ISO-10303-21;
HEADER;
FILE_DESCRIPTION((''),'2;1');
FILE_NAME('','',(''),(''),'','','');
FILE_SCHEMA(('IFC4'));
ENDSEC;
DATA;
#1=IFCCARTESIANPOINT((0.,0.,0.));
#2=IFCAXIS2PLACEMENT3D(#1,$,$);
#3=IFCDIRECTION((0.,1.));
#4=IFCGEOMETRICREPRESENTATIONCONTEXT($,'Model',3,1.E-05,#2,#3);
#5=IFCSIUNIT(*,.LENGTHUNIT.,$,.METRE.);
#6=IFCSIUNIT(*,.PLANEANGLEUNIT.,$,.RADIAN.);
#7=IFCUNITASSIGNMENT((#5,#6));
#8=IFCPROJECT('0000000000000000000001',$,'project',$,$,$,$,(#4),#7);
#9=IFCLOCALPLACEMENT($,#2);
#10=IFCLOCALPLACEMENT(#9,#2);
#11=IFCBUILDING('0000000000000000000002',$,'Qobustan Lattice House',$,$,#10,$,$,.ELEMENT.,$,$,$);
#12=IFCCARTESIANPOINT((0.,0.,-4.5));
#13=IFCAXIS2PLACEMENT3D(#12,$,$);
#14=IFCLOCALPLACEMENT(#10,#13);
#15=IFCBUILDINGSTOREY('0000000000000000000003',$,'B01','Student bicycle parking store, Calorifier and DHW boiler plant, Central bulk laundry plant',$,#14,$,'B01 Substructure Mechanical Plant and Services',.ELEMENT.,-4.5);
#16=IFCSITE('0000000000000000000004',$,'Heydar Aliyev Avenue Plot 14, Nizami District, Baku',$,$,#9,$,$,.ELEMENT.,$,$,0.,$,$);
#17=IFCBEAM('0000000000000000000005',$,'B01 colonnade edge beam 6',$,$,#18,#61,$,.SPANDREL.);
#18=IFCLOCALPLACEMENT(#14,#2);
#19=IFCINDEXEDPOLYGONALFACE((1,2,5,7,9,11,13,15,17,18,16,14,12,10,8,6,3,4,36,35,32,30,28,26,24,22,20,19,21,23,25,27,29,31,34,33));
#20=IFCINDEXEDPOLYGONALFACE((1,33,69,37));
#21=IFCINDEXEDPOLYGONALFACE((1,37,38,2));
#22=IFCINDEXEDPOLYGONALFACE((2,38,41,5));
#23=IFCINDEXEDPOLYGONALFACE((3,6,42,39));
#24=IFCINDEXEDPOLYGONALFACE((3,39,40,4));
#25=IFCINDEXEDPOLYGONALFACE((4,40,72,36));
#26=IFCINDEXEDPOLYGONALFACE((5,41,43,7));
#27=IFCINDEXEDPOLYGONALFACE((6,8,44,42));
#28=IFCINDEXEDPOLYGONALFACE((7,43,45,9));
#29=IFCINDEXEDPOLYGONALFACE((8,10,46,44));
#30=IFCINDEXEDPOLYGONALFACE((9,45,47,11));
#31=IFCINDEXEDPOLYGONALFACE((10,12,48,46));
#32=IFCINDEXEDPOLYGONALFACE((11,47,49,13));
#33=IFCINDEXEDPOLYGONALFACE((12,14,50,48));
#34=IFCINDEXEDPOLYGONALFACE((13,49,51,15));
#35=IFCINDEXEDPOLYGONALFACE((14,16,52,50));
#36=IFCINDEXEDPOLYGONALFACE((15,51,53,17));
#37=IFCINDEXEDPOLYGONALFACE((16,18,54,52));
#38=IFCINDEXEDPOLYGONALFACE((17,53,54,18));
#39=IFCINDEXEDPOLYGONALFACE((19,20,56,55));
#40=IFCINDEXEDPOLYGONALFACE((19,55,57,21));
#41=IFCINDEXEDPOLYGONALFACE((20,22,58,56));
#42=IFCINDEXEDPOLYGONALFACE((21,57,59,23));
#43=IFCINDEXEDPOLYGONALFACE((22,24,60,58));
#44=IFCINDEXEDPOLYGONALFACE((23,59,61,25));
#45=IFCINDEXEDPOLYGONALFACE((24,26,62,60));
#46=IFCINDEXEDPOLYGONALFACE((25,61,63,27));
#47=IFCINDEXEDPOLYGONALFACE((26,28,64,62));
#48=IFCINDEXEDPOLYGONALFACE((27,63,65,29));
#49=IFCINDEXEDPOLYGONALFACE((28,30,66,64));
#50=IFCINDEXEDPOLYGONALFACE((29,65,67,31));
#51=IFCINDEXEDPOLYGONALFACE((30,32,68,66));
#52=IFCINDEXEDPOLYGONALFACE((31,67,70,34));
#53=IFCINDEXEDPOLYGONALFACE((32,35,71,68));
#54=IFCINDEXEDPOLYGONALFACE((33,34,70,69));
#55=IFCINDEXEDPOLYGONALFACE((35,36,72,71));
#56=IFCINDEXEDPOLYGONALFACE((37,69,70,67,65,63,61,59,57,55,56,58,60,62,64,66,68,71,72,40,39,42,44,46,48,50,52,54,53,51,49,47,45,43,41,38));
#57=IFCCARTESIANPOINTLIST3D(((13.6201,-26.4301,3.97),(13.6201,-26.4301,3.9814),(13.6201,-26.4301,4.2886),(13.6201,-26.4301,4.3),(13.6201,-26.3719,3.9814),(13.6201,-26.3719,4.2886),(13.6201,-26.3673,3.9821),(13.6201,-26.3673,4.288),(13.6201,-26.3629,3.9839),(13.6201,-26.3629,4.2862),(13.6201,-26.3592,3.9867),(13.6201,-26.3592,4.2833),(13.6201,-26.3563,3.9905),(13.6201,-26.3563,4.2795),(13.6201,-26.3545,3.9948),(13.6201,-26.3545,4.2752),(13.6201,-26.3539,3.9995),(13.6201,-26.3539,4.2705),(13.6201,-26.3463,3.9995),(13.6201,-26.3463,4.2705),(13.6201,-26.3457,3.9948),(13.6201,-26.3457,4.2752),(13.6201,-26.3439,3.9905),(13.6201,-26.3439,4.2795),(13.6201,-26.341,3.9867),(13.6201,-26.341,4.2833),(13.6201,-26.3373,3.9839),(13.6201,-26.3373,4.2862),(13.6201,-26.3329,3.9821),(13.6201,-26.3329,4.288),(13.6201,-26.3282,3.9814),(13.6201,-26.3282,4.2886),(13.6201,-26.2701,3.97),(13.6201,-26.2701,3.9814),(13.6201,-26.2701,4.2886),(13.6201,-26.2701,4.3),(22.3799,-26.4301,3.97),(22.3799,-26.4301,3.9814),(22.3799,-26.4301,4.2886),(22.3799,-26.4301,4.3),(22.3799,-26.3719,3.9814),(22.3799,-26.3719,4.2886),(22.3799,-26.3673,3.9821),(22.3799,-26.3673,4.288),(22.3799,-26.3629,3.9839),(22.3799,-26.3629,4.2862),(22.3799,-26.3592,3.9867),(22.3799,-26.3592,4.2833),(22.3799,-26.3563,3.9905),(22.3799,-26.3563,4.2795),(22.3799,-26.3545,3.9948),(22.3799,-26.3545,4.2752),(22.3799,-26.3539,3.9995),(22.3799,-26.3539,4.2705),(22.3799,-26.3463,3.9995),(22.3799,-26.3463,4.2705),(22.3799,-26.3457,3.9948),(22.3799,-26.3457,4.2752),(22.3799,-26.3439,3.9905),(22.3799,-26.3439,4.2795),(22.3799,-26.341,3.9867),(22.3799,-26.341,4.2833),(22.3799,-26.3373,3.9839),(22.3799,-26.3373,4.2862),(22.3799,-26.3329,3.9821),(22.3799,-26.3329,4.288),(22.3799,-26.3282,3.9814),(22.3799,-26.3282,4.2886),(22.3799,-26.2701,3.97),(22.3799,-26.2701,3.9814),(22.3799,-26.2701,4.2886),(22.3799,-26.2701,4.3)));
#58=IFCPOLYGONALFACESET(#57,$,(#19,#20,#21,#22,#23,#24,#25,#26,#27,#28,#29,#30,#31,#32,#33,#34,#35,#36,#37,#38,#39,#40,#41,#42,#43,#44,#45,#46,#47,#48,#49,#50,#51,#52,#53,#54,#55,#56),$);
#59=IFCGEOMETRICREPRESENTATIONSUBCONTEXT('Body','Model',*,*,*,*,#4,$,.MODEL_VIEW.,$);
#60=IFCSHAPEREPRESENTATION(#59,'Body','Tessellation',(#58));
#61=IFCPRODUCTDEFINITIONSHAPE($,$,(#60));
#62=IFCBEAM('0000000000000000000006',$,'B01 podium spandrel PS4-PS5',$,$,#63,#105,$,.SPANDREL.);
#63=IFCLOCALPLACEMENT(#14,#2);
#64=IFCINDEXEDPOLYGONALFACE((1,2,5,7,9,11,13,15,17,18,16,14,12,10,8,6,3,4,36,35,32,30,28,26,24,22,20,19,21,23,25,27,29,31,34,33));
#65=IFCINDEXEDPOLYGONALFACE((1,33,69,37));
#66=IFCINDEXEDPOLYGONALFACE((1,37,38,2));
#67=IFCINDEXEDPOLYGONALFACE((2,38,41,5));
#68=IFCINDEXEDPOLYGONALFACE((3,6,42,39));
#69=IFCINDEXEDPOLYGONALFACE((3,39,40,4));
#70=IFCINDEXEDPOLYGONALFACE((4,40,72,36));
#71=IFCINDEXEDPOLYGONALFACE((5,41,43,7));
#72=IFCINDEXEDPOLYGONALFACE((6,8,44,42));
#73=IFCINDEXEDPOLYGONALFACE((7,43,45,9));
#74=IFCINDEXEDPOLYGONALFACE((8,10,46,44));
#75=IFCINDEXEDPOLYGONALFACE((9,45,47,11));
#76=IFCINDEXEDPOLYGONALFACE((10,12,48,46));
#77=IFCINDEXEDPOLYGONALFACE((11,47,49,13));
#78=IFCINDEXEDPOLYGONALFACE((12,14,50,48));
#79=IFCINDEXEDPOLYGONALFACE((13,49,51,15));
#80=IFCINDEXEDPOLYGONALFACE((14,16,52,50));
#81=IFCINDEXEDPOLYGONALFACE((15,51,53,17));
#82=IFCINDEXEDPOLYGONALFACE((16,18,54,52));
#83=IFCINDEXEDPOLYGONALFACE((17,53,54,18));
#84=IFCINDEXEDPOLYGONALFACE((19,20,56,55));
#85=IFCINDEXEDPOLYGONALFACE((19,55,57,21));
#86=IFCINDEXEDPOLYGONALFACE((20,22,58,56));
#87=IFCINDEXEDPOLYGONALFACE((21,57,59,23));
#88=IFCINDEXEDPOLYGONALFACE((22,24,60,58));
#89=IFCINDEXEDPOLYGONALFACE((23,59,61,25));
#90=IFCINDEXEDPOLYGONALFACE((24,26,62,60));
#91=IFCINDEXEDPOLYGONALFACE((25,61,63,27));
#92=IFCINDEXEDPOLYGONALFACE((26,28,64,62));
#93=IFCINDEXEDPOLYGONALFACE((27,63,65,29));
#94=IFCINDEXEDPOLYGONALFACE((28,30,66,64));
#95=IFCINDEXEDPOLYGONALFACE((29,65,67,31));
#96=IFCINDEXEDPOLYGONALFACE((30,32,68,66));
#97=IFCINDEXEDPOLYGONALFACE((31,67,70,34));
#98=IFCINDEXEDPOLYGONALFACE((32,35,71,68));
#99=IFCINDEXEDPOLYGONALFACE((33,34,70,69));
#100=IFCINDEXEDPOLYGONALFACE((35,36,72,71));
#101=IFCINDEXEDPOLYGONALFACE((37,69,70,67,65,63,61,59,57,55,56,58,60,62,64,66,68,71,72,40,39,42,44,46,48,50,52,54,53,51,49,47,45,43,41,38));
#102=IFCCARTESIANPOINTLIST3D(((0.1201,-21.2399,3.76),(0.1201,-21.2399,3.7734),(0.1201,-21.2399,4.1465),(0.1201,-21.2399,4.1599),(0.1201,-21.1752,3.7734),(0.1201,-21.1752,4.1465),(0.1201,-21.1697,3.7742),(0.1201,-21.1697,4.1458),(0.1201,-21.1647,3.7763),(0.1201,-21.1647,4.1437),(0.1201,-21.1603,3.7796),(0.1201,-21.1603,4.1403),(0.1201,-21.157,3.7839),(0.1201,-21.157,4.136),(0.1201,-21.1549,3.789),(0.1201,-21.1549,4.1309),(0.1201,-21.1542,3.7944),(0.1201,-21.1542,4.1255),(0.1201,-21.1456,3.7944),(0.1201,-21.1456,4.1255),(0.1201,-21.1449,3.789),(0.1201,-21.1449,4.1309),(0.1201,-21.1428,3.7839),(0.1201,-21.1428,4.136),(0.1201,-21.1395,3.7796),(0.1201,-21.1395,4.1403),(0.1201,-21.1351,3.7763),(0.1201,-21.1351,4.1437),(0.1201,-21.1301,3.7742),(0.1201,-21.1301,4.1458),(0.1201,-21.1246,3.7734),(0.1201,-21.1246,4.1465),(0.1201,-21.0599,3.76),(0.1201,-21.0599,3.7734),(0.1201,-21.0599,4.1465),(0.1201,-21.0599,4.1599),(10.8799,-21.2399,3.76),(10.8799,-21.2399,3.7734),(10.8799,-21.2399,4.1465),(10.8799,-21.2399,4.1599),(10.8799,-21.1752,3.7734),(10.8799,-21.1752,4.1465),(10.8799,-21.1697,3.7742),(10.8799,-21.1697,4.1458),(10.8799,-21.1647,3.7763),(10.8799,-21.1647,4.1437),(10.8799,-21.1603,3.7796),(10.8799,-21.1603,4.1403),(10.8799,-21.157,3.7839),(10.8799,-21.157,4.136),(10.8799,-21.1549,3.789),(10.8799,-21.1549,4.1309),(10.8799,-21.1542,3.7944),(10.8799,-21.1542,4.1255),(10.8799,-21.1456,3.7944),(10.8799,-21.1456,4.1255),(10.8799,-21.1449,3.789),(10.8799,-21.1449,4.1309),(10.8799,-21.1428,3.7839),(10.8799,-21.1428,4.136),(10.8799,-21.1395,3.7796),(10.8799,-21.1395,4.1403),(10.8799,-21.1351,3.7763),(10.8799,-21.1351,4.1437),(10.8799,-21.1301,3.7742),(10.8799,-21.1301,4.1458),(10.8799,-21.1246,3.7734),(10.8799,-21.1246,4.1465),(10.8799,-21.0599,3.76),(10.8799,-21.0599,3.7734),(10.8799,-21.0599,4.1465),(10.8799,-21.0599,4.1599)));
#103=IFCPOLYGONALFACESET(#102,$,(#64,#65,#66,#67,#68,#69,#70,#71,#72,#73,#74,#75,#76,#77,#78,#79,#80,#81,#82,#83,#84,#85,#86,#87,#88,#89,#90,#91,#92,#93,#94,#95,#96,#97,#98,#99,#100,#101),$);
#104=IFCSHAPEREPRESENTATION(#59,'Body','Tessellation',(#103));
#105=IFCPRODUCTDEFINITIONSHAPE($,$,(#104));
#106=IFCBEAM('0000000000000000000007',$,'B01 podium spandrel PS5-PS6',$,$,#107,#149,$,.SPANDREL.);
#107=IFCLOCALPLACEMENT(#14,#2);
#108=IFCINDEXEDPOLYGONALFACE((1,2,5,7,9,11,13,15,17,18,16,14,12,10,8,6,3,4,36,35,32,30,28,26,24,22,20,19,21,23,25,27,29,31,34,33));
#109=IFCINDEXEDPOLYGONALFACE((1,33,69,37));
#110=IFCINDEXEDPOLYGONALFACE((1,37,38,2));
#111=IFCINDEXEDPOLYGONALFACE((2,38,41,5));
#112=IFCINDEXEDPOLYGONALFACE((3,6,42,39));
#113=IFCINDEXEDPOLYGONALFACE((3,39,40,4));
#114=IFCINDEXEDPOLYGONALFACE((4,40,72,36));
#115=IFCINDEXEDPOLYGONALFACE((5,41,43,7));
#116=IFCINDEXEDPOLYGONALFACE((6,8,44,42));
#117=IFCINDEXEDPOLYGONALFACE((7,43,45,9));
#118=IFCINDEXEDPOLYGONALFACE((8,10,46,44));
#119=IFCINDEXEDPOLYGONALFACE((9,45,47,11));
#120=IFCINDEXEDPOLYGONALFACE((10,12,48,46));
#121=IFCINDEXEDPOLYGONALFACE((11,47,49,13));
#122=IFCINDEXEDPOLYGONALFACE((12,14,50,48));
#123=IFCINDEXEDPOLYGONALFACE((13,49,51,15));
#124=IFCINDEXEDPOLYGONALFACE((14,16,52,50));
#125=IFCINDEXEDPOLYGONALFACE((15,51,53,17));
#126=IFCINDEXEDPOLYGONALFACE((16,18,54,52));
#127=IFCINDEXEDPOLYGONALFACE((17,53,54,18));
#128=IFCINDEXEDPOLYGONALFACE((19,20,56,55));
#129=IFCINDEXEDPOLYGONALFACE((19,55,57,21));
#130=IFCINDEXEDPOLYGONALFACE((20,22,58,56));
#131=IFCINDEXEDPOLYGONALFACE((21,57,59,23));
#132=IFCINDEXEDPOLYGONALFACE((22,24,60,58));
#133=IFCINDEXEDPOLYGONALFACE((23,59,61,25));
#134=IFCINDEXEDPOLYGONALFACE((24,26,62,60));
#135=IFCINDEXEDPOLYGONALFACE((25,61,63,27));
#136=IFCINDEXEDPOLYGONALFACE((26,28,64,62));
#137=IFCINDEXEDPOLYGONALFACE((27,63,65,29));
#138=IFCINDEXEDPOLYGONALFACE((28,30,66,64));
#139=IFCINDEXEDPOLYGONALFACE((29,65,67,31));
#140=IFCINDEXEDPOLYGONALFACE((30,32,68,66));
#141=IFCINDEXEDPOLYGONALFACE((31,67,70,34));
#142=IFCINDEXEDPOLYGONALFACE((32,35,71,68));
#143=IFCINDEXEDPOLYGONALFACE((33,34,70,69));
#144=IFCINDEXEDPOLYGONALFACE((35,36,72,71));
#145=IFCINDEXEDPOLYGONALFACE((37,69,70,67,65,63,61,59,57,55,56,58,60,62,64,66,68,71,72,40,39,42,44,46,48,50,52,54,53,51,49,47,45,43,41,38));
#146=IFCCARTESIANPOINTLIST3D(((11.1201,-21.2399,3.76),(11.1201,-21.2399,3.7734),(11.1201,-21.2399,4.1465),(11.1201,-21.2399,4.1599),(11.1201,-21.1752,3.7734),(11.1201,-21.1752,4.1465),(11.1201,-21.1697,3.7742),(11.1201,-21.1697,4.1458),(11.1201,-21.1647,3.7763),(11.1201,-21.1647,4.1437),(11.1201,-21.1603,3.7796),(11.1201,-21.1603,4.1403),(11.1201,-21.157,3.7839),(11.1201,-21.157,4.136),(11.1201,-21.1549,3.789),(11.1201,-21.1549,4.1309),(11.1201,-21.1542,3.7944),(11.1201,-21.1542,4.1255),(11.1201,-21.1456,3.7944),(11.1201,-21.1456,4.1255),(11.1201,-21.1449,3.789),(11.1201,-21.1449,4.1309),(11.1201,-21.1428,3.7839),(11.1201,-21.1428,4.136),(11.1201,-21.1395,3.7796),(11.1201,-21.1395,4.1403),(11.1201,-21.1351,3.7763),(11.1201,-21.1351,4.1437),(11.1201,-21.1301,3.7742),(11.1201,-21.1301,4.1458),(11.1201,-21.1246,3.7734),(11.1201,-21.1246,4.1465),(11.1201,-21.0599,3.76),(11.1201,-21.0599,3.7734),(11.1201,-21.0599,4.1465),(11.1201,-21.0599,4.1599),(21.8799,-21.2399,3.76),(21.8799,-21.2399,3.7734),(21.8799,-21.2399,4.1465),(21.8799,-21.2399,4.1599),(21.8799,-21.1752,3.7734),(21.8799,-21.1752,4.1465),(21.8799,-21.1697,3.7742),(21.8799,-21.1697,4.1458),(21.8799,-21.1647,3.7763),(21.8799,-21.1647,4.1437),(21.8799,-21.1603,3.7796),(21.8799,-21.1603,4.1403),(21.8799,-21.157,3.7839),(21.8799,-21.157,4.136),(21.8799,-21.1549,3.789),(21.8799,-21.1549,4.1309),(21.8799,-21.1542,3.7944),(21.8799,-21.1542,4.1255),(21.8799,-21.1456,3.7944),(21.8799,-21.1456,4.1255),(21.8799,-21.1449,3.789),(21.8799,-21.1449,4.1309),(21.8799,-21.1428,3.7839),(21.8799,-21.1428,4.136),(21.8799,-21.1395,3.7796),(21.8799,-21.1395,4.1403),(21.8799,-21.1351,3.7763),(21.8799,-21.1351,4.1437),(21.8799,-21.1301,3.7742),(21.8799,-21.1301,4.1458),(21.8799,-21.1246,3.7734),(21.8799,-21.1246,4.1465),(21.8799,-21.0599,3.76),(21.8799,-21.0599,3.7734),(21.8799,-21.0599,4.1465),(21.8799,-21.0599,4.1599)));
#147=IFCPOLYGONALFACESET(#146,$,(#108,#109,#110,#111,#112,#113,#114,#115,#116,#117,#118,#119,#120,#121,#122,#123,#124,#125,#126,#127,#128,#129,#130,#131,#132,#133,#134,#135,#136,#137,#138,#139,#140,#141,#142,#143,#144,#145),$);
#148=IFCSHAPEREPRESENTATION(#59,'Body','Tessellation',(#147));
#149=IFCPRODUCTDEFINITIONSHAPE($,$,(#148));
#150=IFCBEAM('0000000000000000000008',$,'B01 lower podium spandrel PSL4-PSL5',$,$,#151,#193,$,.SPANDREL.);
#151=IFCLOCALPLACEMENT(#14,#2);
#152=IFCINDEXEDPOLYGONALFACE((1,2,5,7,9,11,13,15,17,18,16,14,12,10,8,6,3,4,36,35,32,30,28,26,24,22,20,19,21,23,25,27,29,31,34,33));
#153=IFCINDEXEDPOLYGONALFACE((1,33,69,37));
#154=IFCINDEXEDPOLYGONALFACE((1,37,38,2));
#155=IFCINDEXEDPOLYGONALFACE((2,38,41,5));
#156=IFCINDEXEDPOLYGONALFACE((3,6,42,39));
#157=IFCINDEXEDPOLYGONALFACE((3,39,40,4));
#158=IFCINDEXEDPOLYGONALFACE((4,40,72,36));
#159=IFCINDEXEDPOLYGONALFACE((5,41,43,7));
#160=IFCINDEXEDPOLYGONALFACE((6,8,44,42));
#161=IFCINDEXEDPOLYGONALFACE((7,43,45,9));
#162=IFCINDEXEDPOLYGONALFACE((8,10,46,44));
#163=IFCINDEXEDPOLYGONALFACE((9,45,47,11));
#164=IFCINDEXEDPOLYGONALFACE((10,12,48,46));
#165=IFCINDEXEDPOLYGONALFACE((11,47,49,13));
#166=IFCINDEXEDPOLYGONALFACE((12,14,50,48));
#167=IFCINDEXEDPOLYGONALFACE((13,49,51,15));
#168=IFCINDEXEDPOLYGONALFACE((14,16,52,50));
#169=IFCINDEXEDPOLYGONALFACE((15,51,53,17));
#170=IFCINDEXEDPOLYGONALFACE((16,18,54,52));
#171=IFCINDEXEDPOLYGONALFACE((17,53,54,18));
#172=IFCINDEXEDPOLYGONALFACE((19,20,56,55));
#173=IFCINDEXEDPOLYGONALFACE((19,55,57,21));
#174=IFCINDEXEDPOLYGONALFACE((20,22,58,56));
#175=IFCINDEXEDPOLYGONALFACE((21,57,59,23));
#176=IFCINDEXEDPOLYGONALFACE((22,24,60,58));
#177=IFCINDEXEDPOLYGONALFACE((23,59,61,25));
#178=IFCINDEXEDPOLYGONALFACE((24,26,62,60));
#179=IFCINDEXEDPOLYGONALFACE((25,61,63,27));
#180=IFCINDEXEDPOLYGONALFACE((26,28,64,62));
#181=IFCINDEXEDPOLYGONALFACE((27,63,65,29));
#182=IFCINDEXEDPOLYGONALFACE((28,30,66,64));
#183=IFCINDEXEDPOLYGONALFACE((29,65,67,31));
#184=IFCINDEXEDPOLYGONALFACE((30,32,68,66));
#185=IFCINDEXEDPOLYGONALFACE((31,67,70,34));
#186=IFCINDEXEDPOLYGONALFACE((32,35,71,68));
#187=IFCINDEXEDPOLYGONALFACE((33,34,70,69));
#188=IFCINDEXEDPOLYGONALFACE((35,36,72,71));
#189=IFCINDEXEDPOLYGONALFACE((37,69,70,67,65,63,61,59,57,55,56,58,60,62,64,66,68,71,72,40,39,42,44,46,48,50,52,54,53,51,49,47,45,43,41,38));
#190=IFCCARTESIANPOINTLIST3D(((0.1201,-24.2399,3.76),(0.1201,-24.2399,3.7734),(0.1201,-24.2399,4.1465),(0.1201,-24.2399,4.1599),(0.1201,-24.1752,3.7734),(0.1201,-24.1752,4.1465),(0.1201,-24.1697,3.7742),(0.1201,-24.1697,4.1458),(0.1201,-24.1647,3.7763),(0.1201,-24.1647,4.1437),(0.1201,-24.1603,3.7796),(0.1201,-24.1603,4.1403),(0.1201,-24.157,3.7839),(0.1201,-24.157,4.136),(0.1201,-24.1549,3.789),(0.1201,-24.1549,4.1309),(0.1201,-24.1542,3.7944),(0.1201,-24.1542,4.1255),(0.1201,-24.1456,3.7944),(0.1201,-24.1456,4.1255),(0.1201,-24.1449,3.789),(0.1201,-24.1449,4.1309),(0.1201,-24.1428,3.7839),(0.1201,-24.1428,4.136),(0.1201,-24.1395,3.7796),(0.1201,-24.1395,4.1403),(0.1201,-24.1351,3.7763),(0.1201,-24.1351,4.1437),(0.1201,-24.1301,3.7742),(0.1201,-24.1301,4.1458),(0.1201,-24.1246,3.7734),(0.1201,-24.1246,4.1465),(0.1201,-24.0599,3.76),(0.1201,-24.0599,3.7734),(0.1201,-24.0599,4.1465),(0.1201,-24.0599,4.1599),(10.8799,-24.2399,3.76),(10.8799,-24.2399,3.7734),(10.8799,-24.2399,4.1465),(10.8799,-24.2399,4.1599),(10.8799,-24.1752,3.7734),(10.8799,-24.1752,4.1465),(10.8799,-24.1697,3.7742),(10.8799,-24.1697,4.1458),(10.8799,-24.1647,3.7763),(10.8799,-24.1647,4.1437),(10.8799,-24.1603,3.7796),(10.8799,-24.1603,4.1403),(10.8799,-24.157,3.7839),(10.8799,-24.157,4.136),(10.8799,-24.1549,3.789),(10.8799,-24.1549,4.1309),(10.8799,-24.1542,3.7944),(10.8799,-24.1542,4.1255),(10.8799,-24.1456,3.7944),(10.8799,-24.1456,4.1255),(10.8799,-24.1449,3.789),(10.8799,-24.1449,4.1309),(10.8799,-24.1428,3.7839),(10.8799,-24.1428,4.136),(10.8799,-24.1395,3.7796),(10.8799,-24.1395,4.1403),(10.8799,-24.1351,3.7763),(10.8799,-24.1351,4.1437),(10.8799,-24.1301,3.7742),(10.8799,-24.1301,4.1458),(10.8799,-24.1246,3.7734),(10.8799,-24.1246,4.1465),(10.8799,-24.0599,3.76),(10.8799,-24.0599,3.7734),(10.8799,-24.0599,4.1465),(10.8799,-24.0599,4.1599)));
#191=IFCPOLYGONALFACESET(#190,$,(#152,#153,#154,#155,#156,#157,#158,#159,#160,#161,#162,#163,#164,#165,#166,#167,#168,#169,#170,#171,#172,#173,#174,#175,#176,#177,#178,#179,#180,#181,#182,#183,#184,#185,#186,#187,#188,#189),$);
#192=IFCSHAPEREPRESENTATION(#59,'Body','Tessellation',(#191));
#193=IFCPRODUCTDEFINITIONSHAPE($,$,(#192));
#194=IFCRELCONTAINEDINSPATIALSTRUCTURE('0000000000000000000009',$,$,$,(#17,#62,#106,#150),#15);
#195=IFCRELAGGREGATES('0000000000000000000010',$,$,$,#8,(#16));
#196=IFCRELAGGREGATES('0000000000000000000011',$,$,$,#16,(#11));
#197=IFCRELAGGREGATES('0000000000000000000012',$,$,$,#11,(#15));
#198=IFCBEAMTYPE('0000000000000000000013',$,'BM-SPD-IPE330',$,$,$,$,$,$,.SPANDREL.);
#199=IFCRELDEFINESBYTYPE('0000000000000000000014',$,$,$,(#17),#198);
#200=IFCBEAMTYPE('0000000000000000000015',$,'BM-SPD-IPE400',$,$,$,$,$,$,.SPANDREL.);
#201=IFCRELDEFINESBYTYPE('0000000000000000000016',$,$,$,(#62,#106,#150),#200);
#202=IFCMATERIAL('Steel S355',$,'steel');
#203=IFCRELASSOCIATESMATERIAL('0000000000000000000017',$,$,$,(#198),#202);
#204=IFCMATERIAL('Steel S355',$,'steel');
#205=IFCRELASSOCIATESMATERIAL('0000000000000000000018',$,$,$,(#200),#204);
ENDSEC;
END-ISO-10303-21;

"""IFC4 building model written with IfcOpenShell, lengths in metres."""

from ifc_helpers import new_model, si_unit, direction, frame, origin, origin_2d, place, context, subcontext, project, spatial, i_section, extrude, material, material_profile, profile_set, type_object, element, save


model = new_model("IFC4")

# Units and contexts
model_context = context("Model", 3, precision=1e-05, world=origin(), true_north=direction((0.0, 1.0)))
body_context = subcontext(model_context, "Body", "Model", "MODEL_VIEW")
ifc_project = project(units=[si_unit("LENGTHUNIT", "METRE"), si_unit("PLANEANGLEUNIT", "RADIAN")], contexts=[model_context])

# Site, building, storey
site_placement = place(None, origin())
site = spatial("IfcSite", under=ifc_project, at=site_placement, Name="Heydar Aliyev Avenue Plot 14, Nizami District, Baku", CompositionType="ELEMENT", RefElevation=0.0)
building_placement = place(site_placement, origin())
building = spatial("IfcBuilding", under=site, at=building_placement, Name="Qobustan Lattice House", CompositionType="ELEMENT")
storey_placement = place(building_placement, frame((0.0, 0.0, -4.5)))
storey = spatial("IfcBuildingStorey", under=building, at=storey_placement, Name="B01", Description="Student bicycle parking store, Calorifier and DHW boiler plant, Central bulk laundry plant", LongName="B01 Substructure Mechanical Plant and Services", CompositionType="ELEMENT", Elevation=-4.5)

# Beams
ifc_material_1 = material(Name="Steel S355", Category="steel")
ifc_material_profile_1 = material_profile(ifc_material_1, i_section(OverallWidth=0.1599, OverallDepth=0.3301, WebThickness=0.0076, FlangeThickness=0.0115, FilletRadius=0.0181, at=origin_2d()), Name="IPE330")
ifc_profile_set_1 = profile_set([ifc_material_profile_1], Name="Steel S355")
beam_type_1 = type_object("IfcBeamType", Name="BM-SPD-IPE330", PredefinedType="SPANDREL", material=ifc_profile_set_1)
for number, where, z_axis, x_axis, name in (
    (1, (13.6201, -26.3501, 4.135), (1.0, 0.0, 0.0), (0.0, 1.0, 0.0), "B01 colonnade edge beam 6"),
):
    element("IfcBeam", number, at=place(storey_placement, frame(where, z_axis=z_axis, x_axis=x_axis)), inside=storey, type_object=beam_type_1, Name=name, PredefinedType="SPANDREL", context=body_context, shape_type="SweptSolid", body=[
        extrude(i_section(OverallWidth=0.1599, OverallDepth=0.3301, WebThickness=0.0076, FlangeThickness=0.0115, FilletRadius=0.0181, at=origin_2d()), origin(), (0.0, 0.0, 1.0), 8.7598),
    ])
ifc_material_2 = material(Name="Steel S355", Category="steel")
ifc_material_profile_2 = material_profile(ifc_material_2, i_section(OverallWidth=0.1799, OverallDepth=0.3999, WebThickness=0.0085, FlangeThickness=0.0134, FilletRadius=0.021, at=origin_2d()), Name="IPE400")
ifc_profile_set_2 = profile_set([ifc_material_profile_2], Name="Steel S355")
beam_type_2 = type_object("IfcBeamType", Name="BM-SPD-IPE400", PredefinedType="SPANDREL", material=ifc_profile_set_2)
for number, where, z_axis, x_axis, name in (
    (2, (0.1201, -21.1499, 3.96), (1.0, 0.0, 0.0), (0.0, 1.0, 0.0), "B01 podium spandrel PS4-PS5"),
    (3, (11.1201, -21.1499, 3.96), (1.0, 0.0, 0.0), (0.0, 1.0, 0.0), "B01 podium spandrel PS5-PS6"),
    (4, (0.1201, -24.1499, 3.96), (1.0, 0.0, 0.0), (0.0, 1.0, 0.0), "B01 lower podium spandrel PSL4-PSL5"),
):
    element("IfcBeam", number, at=place(storey_placement, frame(where, z_axis=z_axis, x_axis=x_axis)), inside=storey, type_object=beam_type_2, Name=name, PredefinedType="SPANDREL", context=body_context, shape_type="SweptSolid", body=[
        extrude(i_section(OverallWidth=0.1799, OverallDepth=0.3999, WebThickness=0.0085, FlangeThickness=0.0134, FilletRadius=0.021, at=origin_2d()), origin(), (0.0, 0.0, 1.0), 10.7598),
    ])

save(model, "model.ifc")
